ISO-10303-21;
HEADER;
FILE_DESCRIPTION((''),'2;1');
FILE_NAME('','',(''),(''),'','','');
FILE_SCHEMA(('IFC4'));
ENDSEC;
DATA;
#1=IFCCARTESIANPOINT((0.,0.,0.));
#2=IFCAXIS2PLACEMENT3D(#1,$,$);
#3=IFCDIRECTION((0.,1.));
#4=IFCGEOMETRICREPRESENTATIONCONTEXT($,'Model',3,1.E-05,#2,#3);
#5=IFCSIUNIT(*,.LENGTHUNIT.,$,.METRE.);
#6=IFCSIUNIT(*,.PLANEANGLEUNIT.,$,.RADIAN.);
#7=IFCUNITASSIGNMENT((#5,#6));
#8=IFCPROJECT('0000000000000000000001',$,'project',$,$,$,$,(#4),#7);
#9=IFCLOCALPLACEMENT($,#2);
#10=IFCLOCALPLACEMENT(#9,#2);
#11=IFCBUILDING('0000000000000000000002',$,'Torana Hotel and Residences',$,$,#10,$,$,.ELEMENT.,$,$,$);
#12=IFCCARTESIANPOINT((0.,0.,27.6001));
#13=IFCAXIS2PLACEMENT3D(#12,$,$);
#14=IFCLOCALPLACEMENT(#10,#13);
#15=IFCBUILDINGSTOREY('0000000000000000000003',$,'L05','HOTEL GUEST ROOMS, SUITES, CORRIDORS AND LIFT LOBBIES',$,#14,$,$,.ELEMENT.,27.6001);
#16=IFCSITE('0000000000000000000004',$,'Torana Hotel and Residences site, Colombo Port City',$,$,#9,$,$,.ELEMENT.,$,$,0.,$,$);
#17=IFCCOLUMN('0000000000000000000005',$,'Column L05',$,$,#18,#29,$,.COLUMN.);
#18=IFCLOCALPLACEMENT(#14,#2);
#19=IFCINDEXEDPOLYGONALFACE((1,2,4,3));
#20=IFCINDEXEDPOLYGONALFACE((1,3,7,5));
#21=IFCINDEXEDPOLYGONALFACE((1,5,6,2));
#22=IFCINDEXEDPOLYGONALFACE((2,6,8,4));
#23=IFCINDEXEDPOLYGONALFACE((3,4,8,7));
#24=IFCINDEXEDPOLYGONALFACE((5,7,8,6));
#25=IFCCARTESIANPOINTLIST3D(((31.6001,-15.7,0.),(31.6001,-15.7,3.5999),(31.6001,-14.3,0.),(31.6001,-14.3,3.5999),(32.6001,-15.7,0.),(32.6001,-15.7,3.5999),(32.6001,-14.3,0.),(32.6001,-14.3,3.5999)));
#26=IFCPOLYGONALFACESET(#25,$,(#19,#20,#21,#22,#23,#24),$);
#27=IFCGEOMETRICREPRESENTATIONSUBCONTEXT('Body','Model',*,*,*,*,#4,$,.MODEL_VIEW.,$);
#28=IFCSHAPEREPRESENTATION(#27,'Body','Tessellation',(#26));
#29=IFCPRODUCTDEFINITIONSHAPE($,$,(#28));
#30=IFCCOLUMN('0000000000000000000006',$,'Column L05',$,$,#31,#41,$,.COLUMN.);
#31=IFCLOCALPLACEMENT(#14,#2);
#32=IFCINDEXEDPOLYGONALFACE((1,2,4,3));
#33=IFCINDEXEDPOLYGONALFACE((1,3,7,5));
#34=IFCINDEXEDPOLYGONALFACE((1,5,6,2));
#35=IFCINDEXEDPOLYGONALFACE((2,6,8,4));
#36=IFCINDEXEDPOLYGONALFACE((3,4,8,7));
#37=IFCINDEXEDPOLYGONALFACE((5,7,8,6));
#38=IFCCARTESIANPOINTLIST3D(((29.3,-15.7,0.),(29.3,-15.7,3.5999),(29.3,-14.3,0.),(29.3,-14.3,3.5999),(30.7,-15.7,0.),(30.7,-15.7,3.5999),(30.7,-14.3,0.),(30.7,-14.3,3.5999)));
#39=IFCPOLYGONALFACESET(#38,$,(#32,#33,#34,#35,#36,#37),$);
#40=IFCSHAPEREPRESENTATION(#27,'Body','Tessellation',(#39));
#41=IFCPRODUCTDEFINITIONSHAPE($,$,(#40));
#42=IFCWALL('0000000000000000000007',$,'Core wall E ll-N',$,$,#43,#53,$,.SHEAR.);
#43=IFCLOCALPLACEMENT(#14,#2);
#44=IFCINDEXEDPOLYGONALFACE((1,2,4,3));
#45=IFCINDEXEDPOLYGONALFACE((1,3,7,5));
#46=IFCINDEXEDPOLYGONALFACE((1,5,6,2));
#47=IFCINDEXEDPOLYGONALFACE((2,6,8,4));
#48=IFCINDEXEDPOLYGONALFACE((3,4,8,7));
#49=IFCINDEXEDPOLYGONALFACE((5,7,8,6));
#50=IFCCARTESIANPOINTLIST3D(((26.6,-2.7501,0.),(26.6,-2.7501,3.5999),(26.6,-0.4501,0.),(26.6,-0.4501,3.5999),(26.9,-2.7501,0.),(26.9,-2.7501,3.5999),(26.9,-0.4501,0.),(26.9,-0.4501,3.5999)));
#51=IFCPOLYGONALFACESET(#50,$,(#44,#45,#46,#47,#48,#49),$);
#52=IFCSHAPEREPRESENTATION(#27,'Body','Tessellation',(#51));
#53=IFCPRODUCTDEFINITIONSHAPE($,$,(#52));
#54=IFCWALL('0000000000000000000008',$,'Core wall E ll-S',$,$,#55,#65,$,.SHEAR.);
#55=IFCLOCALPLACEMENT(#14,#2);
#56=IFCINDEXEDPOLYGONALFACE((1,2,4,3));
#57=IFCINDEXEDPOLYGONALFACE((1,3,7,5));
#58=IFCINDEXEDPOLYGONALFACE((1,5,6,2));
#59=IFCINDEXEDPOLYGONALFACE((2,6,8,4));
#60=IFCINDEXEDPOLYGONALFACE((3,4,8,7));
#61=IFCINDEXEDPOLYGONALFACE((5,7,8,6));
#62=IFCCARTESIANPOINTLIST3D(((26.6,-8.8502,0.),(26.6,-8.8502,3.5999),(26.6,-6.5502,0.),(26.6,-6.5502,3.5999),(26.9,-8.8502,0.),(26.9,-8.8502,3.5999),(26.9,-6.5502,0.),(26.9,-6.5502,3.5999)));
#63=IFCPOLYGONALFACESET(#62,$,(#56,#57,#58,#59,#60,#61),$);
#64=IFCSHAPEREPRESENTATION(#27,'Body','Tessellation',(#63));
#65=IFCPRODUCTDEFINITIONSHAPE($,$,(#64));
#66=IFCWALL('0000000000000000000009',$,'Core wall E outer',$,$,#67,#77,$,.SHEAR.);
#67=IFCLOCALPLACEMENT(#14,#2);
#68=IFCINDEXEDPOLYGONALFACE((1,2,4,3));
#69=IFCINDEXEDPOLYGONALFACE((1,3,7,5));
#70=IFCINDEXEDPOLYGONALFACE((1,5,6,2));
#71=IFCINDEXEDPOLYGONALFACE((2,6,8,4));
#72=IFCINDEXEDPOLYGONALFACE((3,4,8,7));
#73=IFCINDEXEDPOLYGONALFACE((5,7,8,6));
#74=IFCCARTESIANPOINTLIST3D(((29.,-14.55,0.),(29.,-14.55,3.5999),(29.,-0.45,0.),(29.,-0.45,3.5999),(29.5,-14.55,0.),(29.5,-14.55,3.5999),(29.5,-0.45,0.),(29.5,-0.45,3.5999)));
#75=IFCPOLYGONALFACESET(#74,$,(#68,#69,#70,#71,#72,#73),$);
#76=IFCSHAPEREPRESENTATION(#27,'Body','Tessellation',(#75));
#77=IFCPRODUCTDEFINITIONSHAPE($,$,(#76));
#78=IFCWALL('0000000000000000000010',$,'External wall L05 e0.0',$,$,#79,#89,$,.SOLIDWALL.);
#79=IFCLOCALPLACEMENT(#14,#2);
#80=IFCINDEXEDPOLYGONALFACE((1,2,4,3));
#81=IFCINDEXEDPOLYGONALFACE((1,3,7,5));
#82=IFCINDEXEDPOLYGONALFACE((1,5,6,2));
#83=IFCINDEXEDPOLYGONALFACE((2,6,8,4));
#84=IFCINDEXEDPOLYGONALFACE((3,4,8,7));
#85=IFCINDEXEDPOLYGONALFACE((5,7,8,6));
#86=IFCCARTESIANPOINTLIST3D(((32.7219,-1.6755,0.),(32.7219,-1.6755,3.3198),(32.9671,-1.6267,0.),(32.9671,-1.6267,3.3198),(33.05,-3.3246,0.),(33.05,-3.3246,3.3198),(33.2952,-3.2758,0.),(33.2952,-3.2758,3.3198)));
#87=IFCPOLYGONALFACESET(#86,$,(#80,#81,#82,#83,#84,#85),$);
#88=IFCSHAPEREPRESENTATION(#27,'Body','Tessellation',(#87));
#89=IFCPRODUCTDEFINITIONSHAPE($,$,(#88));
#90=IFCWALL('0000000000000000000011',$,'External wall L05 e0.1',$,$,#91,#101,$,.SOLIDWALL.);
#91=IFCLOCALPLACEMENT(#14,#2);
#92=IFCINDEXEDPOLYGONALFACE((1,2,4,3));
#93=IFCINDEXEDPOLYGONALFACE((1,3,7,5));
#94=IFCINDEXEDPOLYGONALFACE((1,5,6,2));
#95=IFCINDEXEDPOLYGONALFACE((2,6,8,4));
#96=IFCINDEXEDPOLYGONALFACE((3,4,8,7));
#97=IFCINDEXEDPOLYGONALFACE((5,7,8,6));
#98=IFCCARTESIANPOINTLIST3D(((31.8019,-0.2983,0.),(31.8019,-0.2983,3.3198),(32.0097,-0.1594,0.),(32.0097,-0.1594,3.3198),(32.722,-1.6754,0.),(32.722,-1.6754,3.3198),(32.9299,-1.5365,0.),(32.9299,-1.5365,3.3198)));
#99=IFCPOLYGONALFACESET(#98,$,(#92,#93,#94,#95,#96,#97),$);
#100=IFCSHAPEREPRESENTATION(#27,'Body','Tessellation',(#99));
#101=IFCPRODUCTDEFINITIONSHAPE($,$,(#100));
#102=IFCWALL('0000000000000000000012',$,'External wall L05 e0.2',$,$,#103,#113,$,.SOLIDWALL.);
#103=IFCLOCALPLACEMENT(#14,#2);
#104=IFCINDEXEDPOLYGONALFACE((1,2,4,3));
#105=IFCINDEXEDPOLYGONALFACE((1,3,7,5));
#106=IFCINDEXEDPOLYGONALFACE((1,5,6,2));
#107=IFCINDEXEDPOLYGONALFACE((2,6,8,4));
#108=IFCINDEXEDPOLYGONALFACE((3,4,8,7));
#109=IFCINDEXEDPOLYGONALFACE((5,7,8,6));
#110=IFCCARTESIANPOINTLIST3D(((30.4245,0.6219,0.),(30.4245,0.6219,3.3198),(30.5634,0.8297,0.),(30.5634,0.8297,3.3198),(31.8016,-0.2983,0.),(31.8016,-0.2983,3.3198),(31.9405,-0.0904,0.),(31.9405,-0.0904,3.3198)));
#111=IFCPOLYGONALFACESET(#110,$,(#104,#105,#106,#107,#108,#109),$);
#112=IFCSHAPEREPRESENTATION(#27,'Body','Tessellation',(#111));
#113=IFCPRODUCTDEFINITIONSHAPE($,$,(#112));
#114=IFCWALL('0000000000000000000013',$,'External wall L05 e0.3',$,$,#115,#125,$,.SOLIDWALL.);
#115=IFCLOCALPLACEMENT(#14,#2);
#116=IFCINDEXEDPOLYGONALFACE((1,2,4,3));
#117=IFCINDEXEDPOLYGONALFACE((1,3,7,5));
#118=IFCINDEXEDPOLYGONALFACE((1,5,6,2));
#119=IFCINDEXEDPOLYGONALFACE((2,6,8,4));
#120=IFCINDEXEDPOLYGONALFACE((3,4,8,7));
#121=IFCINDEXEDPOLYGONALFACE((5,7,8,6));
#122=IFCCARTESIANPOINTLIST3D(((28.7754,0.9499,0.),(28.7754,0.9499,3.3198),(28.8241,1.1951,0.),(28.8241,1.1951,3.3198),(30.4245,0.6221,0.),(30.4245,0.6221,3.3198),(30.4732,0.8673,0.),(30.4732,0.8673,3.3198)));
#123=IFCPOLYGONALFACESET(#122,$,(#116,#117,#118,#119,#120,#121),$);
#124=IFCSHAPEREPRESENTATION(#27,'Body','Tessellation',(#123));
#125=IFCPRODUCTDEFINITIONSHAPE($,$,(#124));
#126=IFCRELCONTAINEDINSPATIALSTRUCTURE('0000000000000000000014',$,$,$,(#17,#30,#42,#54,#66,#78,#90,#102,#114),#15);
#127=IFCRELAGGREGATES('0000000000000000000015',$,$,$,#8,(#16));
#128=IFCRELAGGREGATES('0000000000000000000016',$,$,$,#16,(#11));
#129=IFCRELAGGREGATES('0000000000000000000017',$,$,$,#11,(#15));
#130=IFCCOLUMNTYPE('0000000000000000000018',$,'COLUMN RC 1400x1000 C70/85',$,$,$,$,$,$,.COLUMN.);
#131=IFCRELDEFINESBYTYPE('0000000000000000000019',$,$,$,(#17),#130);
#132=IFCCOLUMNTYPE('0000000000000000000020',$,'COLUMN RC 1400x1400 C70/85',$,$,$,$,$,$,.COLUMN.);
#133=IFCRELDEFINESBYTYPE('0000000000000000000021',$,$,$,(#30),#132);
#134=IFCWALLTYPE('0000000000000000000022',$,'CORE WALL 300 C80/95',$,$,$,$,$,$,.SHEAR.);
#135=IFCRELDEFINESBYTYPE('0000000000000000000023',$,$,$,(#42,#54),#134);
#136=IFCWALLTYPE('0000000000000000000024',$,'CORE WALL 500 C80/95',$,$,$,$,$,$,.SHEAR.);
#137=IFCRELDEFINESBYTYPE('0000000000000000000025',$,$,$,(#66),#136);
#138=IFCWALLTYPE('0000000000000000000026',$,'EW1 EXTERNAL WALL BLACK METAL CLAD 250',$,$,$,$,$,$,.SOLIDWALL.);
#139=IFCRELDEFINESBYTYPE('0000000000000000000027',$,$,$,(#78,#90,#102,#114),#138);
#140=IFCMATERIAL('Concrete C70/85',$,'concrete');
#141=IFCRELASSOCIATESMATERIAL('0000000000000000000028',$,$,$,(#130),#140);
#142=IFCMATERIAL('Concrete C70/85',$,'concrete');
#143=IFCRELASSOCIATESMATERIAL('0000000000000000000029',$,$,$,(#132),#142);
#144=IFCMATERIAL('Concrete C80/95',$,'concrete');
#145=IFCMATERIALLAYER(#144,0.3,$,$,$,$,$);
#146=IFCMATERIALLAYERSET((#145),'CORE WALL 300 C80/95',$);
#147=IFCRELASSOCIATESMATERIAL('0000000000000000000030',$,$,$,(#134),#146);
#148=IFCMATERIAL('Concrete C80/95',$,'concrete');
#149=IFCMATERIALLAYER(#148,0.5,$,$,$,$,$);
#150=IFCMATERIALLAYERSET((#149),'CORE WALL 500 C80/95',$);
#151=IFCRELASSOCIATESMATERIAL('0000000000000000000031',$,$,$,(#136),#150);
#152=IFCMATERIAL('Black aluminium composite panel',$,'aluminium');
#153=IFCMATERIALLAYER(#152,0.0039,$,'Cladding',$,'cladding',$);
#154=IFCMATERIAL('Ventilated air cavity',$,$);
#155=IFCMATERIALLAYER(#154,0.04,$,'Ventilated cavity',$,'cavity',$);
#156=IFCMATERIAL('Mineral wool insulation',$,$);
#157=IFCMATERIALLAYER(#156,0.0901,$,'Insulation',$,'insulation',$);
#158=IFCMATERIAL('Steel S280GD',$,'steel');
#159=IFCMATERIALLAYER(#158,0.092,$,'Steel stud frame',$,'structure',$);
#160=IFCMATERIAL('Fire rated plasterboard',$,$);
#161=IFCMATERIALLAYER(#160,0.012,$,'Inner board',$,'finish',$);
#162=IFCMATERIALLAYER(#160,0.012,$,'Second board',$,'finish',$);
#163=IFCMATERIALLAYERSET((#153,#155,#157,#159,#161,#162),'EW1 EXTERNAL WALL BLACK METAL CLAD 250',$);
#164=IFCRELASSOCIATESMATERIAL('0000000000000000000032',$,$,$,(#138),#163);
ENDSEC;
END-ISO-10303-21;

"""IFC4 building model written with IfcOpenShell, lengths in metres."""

from ifc_helpers import new_model, si_unit, direction, frame, frame_2d, origin, origin_2d, place, context, subcontext, project, spatial, rectangle, extrude, material, layer, layer_set, material_profile, profile_set, type_object, element, save


model = new_model("IFC4")

# Units and contexts
model_context = context("Model", 3, precision=1e-05, world=origin(), true_north=direction((0.0, 1.0)))
body_context = subcontext(model_context, "Body", "Model", "MODEL_VIEW")
ifc_project = project(units=[si_unit("LENGTHUNIT", "METRE"), si_unit("PLANEANGLEUNIT", "RADIAN")], contexts=[model_context])

# Site, building, storey
site_placement = place(None, origin())
site = spatial("IfcSite", under=ifc_project, at=site_placement, Name="Torana Hotel and Residences site, Colombo Port City", CompositionType="ELEMENT", RefElevation=0.0)
building_placement = place(site_placement, origin())
building = spatial("IfcBuilding", under=site, at=building_placement, Name="Torana Hotel and Residences", CompositionType="ELEMENT")
storey_placement = place(building_placement, frame((0.0, 0.0, 27.6001)))
storey = spatial("IfcBuildingStorey", under=building, at=storey_placement, Name="L05", Description="HOTEL GUEST ROOMS, SUITES, CORRIDORS AND LIFT LOBBIES", CompositionType="ELEMENT", Elevation=27.6001)

# Columns
ifc_material_1 = material(Name="Concrete C70/85", Category="concrete")
ifc_material_profile_1 = material_profile(ifc_material_1, rectangle(XDim=1.3999, YDim=1.0, at=origin_2d()), Name="RC 1400x1000")
ifc_profile_set_1 = profile_set([ifc_material_profile_1], Name="Concrete C70/85")
column_type_1 = type_object("IfcColumnType", Name="COLUMN RC 1400x1000 C70/85", PredefinedType="COLUMN", material=ifc_profile_set_1)
column_1_placement = place(storey_placement, frame((32.1001, -15.0, 0.0), z_axis=(0.0, 0.0, 1.0), x_axis=(0.0, 1.0, 0.0)))
element("IfcColumn", 1, at=column_1_placement, inside=storey, type_object=column_type_1, Name="Column L05", PredefinedType="COLUMN", context=body_context, shape_type="SweptSolid", body=[
    extrude(rectangle(XDim=1.3999, YDim=1.0, at=origin_2d()), origin(), (0.0, 0.0, 1.0), 3.5999),
])
ifc_material_2 = material(Name="Concrete C70/85", Category="concrete")
ifc_material_profile_2 = material_profile(ifc_material_2, rectangle(XDim=1.3999, YDim=1.3999, at=origin_2d()), Name="RC 1400x1400")
ifc_profile_set_2 = profile_set([ifc_material_profile_2], Name="Concrete C70/85")
column_type_2 = type_object("IfcColumnType", Name="COLUMN RC 1400x1400 C70/85", PredefinedType="COLUMN", material=ifc_profile_set_2)
column_2_placement = place(storey_placement, frame((30.0, -15.0, 0.0), z_axis=(0.0, 0.0, 1.0), x_axis=(1.0, 0.0, 0.0)))
element("IfcColumn", 2, at=column_2_placement, inside=storey, type_object=column_type_2, Name="Column L05", PredefinedType="COLUMN", context=body_context, shape_type="SweptSolid", body=[
    extrude(rectangle(XDim=1.3999, YDim=1.3999, at=origin_2d()), origin(), (0.0, 0.0, 1.0), 3.5999),
])

# Walls
ifc_material_3 = material(Name="Concrete C80/95", Category="concrete")
ifc_layer_1 = layer(ifc_material_3, 0.3)
ifc_layer_set_1 = layer_set([ifc_layer_1], Name="CORE WALL 300 C80/95")
wall_type_1 = type_object("IfcWallType", Name="CORE WALL 300 C80/95", PredefinedType="SHEAR", material=ifc_layer_set_1)
for number, where, z_axis, x_axis, name in (
    (3, (26.75, -2.75, 0.0), (0.0, 0.0, 1.0), (0.0, 1.0, 0.0), "Core wall E ll-N"),
    (4, (26.75, -8.8501, 0.0), (0.0, 0.0, 1.0), (0.0, 1.0, 0.0), "Core wall E ll-S"),
):
    element("IfcWall", number, at=place(storey_placement, frame(where, z_axis=z_axis, x_axis=x_axis)), inside=storey, type_object=wall_type_1, Name=name, PredefinedType="SHEAR", context=body_context, shape_type="SweptSolid", body=[
        extrude(rectangle(XDim=2.3, YDim=0.3, at=frame_2d((1.1499, 0.0))), origin(), (0.0, 0.0, 1.0), 3.5999),
    ])
ifc_material_4 = material(Name="Concrete C80/95", Category="concrete")
ifc_layer_2 = layer(ifc_material_4, 0.5)
ifc_layer_set_2 = layer_set([ifc_layer_2], Name="CORE WALL 500 C80/95")
wall_type_2 = type_object("IfcWallType", Name="CORE WALL 500 C80/95", PredefinedType="SHEAR", material=ifc_layer_set_2)
wall_1_placement = place(storey_placement, frame((29.25, -14.55, 0.0), z_axis=(0.0, 0.0, 1.0), x_axis=(0.0, 1.0, 0.0)))
element("IfcWall", 5, at=wall_1_placement, inside=storey, type_object=wall_type_2, Name="Core wall E outer", PredefinedType="SHEAR", context=body_context, shape_type="SweptSolid", body=[
    extrude(rectangle(XDim=14.1001, YDim=0.5, at=frame_2d((7.05, 0.0))), origin(), (0.0, 0.0, 1.0), 3.5999),
])
ifc_material_5 = material(Name="Black aluminium composite panel", Category="aluminium")
ifc_layer_3 = layer(ifc_material_5, 0.0039, Name="Cladding", Category="cladding")
ifc_material_6 = material(Name="Ventilated air cavity")
ifc_layer_4 = layer(ifc_material_6, 0.04, Name="Ventilated cavity", Category="cavity")
ifc_material_7 = material(Name="Mineral wool insulation")
ifc_layer_5 = layer(ifc_material_7, 0.0901, Name="Insulation", Category="insulation")
ifc_material_8 = material(Name="Steel S280GD", Category="steel")
ifc_layer_6 = layer(ifc_material_8, 0.092, Name="Steel stud frame", Category="structure")
ifc_material_9 = material(Name="Fire rated plasterboard")
ifc_layer_7 = layer(ifc_material_9, 0.012, Name="Inner board", Category="finish")
ifc_layer_8 = layer(ifc_material_9, 0.012, Name="Second board", Category="finish")
ifc_layer_set_3 = layer_set([ifc_layer_3, ifc_layer_4, ifc_layer_5, ifc_layer_6, ifc_layer_7, ifc_layer_8], Name="EW1 EXTERNAL WALL BLACK METAL CLAD 250")
wall_type_3 = type_object("IfcWallType", Name="EW1 EXTERNAL WALL BLACK METAL CLAD 250", PredefinedType="SOLIDWALL", material=ifc_layer_set_3)
wall_2_placement = place(storey_placement, frame((33.1726, -3.3003, 0.0), z_axis=(0.0, 0.0, 1.0), x_axis=(-0.195139, 0.980776, 0.0)))
element("IfcWall", 6, at=wall_2_placement, inside=storey, type_object=wall_type_3, Name="External wall L05 e0.0", PredefinedType="SOLIDWALL", context=body_context, shape_type="SweptSolid", body=[
    extrude(rectangle(XDim=1.6814, YDim=0.25, at=frame_2d((0.8408, 0.0))), origin(), (0.0, 0.0, 1.0), 3.3198),
])
for number, where, z_axis, x_axis, name in (
    (7, (32.8259, -1.606, 0.0), (0.0, 0.0, 1.0), (-0.55555, 0.831483, 0.0), "External wall L05 e0.1"),
    (8, (31.8711, -0.1943, 0.0), (0.0, 0.0, 1.0), (-0.831483, 0.55555, 0.0), "External wall L05 e0.2"),
):
    element("IfcWall", number, at=place(storey_placement, frame(where, z_axis=z_axis, x_axis=x_axis)), inside=storey, type_object=wall_type_3, Name=name, PredefinedType="SOLIDWALL", context=body_context, shape_type="SweptSolid", body=[
        extrude(rectangle(XDim=1.6562, YDim=0.25, at=frame_2d((0.8281, 0.0))), origin(), (0.0, 0.0, 1.0), 3.3198),
    ])
wall_3_placement = place(storey_placement, frame((30.449, 0.7446, 0.0), z_axis=(0.0, 0.0, 1.0), x_axis=(-0.980803, 0.194999, 0.0)))
element("IfcWall", 9, at=wall_3_placement, inside=storey, type_object=wall_type_3, Name="External wall L05 e0.3", PredefinedType="SOLIDWALL", context=body_context, shape_type="SweptSolid", body=[
    extrude(rectangle(XDim=1.6814, YDim=0.25, at=frame_2d((0.8408, 0.0))), origin(), (0.0, 0.0, 1.0), 3.3198),
])

save(model, "model.ifc")
